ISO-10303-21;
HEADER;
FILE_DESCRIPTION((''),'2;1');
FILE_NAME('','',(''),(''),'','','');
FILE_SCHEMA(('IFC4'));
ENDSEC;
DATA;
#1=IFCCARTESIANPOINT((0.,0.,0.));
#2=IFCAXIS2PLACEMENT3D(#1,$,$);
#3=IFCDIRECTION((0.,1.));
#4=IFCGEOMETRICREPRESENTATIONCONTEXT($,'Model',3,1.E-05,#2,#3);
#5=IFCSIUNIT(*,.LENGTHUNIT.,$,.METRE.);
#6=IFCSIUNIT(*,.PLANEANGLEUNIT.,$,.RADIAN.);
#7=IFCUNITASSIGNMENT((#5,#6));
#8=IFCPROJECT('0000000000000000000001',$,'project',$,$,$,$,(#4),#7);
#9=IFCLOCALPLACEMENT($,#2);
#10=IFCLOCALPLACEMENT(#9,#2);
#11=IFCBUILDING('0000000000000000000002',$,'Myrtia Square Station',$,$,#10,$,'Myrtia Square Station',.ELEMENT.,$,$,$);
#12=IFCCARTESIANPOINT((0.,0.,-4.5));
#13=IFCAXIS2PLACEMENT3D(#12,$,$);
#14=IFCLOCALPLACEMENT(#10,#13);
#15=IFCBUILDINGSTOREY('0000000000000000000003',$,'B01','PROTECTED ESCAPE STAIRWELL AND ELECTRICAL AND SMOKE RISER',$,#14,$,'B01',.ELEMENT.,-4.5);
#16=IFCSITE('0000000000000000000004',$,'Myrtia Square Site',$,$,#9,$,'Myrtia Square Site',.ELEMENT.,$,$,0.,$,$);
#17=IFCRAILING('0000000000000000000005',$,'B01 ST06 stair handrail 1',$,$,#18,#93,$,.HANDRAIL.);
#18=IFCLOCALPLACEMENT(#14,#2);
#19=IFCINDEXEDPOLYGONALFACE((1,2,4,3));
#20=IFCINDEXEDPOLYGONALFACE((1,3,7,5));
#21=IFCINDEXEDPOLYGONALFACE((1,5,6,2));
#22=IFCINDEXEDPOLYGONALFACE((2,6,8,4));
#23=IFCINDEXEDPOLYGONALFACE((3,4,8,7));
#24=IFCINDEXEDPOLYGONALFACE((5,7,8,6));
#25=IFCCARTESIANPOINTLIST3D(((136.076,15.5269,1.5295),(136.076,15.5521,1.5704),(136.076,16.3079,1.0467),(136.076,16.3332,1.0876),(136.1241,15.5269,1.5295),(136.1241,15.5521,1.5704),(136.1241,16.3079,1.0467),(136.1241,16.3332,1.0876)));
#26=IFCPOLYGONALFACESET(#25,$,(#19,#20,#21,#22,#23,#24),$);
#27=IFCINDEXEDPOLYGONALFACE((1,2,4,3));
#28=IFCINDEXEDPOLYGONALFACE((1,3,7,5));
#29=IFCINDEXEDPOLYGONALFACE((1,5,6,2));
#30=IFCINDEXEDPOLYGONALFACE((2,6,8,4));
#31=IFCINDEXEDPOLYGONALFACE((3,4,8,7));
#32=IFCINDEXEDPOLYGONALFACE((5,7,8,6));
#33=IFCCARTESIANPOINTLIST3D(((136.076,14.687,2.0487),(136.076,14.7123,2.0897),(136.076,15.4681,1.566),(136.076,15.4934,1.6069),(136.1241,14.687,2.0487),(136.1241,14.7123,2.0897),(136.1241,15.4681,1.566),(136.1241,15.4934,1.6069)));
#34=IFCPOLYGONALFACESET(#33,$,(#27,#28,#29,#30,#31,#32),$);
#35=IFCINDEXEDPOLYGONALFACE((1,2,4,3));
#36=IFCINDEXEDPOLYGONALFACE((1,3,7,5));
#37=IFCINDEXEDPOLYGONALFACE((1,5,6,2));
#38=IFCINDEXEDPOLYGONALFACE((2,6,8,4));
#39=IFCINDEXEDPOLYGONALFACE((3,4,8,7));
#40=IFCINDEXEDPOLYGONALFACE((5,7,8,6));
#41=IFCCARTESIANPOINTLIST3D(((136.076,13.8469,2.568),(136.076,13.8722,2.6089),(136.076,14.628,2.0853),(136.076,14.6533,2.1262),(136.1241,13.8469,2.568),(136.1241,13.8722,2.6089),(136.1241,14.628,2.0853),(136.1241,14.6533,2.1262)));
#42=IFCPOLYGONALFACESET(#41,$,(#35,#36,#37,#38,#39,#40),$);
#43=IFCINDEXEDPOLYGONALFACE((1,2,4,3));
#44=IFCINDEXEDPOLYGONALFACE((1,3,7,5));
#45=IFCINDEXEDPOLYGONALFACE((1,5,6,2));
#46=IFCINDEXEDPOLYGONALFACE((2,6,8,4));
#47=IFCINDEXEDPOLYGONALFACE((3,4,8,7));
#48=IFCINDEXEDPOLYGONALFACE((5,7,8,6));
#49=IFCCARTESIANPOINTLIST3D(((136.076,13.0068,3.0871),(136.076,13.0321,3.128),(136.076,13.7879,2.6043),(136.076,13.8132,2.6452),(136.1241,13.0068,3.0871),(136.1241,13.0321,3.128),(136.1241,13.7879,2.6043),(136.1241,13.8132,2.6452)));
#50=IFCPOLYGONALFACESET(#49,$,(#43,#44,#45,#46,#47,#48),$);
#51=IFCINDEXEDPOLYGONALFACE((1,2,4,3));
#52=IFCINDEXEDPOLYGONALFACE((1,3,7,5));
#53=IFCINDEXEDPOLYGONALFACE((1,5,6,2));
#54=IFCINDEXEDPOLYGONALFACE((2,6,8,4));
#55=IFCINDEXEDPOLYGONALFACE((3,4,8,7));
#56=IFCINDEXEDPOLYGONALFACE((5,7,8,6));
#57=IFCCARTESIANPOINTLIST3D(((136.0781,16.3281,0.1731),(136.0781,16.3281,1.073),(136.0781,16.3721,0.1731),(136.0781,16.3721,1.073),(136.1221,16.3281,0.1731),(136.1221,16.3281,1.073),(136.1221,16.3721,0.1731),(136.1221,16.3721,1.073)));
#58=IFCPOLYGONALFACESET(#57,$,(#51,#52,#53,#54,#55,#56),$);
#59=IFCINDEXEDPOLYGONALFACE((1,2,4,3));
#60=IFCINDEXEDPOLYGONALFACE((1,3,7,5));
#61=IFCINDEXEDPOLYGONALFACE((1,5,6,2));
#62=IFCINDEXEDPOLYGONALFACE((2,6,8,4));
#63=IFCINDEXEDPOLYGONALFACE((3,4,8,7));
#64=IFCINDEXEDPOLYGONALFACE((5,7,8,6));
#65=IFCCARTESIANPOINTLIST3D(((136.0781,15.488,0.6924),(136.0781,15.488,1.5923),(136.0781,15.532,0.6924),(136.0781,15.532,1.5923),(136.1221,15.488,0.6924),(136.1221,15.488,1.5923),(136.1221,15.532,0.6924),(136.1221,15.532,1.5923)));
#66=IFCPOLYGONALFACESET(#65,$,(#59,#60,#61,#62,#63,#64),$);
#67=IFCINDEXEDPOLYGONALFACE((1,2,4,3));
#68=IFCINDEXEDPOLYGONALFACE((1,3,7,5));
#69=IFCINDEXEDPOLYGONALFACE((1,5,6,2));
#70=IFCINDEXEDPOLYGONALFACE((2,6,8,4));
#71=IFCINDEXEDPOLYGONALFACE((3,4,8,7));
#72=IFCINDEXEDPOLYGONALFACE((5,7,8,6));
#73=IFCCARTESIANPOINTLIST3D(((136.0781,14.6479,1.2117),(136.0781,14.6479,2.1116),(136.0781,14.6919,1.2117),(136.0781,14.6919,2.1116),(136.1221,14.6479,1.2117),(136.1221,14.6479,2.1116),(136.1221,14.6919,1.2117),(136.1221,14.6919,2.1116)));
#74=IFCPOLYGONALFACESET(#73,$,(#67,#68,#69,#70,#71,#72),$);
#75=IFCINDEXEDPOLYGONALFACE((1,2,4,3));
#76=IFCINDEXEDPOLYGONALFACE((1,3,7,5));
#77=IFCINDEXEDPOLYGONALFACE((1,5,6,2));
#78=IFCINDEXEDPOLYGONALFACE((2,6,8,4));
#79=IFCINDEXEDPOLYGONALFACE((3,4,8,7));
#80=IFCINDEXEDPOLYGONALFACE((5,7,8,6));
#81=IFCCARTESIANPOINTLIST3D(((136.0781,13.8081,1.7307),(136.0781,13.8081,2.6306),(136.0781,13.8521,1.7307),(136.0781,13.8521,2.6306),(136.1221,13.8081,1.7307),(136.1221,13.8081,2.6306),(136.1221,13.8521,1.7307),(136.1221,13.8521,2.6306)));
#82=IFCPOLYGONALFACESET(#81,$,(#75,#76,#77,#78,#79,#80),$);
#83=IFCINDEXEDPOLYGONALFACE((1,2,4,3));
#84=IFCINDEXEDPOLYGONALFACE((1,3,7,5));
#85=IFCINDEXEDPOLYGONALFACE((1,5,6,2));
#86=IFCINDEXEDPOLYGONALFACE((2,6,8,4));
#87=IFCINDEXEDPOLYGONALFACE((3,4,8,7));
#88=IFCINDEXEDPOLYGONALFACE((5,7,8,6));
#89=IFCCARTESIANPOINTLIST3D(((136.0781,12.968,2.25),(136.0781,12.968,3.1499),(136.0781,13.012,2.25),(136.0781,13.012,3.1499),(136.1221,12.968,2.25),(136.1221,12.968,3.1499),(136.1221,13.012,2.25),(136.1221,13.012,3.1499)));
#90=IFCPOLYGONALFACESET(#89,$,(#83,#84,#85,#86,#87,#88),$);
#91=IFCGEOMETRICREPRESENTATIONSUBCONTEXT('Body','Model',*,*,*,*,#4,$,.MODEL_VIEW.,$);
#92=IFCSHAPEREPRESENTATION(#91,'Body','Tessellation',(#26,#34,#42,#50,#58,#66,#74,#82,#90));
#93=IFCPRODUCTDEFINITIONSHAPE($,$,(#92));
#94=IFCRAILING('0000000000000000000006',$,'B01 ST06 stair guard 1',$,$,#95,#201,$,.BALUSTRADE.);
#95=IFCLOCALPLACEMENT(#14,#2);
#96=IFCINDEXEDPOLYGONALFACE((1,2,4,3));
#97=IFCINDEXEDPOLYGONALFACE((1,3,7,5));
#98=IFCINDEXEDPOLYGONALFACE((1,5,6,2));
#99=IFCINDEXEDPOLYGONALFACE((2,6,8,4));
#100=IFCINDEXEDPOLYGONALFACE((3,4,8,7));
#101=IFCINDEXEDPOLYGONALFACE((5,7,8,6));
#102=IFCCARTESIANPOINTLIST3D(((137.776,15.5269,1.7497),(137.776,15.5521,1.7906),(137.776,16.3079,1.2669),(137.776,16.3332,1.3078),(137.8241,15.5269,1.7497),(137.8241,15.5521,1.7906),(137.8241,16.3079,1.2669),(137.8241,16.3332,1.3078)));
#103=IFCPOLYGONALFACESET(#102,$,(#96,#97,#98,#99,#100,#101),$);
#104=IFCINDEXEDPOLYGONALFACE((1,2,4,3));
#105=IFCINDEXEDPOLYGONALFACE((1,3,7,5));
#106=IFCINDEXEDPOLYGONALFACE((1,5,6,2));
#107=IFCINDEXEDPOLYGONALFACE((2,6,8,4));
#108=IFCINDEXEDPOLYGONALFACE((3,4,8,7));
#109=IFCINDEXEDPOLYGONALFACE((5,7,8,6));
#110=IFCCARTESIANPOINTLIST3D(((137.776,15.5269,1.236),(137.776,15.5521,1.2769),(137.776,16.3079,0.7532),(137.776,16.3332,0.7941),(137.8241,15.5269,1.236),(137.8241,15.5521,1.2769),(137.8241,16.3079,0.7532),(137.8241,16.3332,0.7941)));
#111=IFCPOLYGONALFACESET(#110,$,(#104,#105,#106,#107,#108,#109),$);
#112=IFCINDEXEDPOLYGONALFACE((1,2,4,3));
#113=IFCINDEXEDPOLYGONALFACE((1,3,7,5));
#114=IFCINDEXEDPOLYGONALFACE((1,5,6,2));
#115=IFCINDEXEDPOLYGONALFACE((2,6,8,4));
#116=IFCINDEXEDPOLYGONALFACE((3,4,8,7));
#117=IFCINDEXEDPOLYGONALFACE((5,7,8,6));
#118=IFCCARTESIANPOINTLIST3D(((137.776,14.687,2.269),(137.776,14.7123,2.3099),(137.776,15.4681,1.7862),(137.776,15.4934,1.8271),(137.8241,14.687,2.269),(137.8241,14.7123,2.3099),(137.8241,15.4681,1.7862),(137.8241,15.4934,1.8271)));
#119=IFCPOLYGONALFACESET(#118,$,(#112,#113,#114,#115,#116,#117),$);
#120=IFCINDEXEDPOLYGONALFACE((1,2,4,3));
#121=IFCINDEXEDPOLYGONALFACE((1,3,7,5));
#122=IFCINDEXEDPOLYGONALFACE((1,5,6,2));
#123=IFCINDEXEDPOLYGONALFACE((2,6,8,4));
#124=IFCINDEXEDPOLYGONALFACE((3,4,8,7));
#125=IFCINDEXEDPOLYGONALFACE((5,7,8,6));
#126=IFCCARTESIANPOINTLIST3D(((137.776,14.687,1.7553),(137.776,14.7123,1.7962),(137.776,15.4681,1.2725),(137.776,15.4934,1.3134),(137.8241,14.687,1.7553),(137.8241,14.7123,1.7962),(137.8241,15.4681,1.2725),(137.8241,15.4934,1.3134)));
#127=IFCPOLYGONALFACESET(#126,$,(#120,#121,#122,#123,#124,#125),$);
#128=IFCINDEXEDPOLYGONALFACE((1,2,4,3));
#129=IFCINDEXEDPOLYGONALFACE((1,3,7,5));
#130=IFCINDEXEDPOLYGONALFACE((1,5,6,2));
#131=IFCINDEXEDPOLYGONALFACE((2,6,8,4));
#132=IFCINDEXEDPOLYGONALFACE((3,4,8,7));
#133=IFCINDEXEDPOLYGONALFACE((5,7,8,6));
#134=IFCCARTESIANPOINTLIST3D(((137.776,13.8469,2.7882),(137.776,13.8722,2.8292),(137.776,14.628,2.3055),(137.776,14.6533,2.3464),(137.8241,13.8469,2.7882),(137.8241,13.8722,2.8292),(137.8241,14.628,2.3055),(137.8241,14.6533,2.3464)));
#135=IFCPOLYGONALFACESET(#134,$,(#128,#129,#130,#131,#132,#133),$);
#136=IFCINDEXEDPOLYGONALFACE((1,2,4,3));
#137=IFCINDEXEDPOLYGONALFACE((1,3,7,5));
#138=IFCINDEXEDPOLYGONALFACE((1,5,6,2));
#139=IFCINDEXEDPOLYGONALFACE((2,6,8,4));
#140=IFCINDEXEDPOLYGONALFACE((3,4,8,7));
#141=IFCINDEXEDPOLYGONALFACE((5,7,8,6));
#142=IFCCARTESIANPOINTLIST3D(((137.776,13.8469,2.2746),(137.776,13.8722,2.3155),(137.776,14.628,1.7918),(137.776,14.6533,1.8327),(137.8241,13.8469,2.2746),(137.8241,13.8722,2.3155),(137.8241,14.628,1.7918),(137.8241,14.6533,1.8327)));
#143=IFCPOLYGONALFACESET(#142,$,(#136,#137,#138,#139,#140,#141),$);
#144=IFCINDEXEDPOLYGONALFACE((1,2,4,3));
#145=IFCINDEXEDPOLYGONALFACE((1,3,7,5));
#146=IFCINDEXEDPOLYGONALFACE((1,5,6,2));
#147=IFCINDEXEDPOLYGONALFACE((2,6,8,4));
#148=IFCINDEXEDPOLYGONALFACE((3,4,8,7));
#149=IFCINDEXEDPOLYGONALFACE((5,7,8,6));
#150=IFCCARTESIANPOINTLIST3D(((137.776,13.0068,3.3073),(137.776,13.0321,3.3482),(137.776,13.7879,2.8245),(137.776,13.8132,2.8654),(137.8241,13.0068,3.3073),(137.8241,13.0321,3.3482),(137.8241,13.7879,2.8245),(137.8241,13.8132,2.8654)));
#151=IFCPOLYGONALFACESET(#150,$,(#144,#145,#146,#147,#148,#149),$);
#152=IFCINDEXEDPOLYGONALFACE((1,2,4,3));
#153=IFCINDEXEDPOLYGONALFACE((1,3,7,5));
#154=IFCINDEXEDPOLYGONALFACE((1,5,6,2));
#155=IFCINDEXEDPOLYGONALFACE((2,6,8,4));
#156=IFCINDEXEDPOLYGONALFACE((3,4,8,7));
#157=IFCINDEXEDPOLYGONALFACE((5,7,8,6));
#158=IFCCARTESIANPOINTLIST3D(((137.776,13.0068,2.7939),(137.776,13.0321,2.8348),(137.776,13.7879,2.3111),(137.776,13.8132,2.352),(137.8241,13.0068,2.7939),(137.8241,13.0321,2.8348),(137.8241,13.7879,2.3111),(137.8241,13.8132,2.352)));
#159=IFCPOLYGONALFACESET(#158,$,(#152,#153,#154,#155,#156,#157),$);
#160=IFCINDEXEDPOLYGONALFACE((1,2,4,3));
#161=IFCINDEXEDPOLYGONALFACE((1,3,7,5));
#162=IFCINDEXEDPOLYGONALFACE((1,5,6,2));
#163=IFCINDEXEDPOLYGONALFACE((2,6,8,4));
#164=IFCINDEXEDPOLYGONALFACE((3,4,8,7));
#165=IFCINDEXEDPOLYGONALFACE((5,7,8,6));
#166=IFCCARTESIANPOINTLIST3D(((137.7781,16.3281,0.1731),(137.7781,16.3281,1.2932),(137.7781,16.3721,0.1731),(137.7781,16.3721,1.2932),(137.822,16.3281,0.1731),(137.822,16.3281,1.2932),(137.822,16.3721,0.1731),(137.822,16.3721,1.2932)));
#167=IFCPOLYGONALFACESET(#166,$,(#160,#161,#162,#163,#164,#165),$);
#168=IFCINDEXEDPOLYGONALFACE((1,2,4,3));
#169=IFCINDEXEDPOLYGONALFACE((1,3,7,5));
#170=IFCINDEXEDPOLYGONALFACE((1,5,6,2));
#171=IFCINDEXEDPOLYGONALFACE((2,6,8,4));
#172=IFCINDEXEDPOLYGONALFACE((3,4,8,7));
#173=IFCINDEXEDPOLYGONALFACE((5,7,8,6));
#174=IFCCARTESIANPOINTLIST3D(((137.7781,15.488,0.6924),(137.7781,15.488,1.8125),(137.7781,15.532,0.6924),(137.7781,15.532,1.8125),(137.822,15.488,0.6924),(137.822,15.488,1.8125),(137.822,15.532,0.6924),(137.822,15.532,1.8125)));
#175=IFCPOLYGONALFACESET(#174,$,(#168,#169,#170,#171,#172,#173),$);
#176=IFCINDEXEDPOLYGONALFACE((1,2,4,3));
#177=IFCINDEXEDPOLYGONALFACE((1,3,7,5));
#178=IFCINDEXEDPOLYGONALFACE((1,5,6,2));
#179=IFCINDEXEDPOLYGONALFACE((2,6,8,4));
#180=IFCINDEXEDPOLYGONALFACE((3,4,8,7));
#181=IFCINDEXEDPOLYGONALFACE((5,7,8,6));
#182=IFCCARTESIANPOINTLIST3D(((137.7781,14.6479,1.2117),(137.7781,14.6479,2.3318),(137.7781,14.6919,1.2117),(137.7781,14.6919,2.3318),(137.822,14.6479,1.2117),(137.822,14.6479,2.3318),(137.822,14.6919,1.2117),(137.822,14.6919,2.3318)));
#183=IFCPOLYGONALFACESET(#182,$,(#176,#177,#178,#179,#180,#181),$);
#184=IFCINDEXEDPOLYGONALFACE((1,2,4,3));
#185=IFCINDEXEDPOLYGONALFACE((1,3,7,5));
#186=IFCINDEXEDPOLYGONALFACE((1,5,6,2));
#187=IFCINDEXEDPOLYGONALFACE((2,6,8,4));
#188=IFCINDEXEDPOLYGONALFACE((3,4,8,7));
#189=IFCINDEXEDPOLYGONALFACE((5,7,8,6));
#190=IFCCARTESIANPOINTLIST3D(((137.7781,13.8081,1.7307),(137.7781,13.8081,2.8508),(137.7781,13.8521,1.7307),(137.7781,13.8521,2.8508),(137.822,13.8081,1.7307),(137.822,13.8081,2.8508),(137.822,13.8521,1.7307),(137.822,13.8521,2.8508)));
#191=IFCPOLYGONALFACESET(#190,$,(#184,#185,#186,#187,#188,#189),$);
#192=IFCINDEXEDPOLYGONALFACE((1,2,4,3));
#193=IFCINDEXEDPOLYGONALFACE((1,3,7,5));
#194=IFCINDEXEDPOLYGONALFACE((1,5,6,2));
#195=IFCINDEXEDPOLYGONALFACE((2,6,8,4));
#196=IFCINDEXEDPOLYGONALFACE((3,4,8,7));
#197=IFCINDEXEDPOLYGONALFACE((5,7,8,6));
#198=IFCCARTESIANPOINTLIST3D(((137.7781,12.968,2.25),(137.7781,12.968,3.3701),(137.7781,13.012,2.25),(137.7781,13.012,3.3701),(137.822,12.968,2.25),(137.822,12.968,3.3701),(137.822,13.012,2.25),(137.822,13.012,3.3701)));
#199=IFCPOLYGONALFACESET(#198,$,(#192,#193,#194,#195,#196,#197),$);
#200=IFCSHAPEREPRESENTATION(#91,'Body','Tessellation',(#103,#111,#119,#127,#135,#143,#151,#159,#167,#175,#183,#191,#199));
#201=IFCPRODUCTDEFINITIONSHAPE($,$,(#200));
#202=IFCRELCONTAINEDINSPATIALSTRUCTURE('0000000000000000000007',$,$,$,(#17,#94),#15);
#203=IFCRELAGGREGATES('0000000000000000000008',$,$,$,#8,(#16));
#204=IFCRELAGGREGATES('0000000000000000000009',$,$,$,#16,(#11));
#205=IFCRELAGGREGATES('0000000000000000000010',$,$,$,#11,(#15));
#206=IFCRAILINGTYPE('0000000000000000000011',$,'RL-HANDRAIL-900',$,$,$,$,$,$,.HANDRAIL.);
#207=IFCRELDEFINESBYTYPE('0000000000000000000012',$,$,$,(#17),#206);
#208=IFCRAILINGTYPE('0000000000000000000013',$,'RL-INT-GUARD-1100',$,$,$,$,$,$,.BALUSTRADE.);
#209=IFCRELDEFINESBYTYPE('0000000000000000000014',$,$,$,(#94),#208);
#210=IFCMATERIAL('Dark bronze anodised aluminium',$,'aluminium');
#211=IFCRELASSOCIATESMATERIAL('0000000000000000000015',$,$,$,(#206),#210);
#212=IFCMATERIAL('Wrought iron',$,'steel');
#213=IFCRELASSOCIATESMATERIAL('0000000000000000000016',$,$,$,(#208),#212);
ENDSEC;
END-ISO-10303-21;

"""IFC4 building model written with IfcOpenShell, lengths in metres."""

from ifc_helpers import new_model, si_unit, direction, frame, origin, origin_2d, place, context, subcontext, project, spatial, rectangle, extrude, material, type_object, element, save


model = new_model("IFC4")

# Units and contexts
model_context = context("Model", 3, precision=1e-05, world=origin(), true_north=direction((0.0, 1.0)))
body_context = subcontext(model_context, "Body", "Model", "MODEL_VIEW")
ifc_project = project(units=[si_unit("LENGTHUNIT", "METRE"), si_unit("PLANEANGLEUNIT", "RADIAN")], contexts=[model_context])

# Site, building, storey
site_placement = place(None, origin())
site = spatial("IfcSite", under=ifc_project, at=site_placement, Name="Myrtia Square Site", LongName="Myrtia Square Site", CompositionType="ELEMENT", RefElevation=0.0)
building_placement = place(site_placement, origin())
building = spatial("IfcBuilding", under=site, at=building_placement, Name="Myrtia Square Station", LongName="Myrtia Square Station", CompositionType="ELEMENT")
storey_placement = place(building_placement, frame((0.0, 0.0, -4.5)))
storey = spatial("IfcBuildingStorey", under=building, at=storey_placement, Name="B01", Description="PROTECTED ESCAPE STAIRWELL AND ELECTRICAL AND SMOKE RISER", LongName="B01", CompositionType="ELEMENT", Elevation=-4.5)

# Railings
ifc_material_1 = material(Name="Dark bronze anodised aluminium", Category="aluminium")
railing_type_1 = type_object("IfcRailingType", Name="RL-HANDRAIL-900", PredefinedType="HANDRAIL", material=ifc_material_1)
railing_1_placement = place(storey_placement, frame((136.1001, 16.3501, 0.1731)))
element("IfcRailing", 1, at=railing_1_placement, inside=storey, type_object=railing_type_1, Name="B01 ST06 stair handrail 1", PredefinedType="HANDRAIL", context=body_context, shape_type="SweptSolid", body=[
    extrude(rectangle(XDim=0.0481, YDim=0.0481, at=origin_2d()), frame((0.0, -0.0295, 0.894), z_axis=(0.0, -0.850623, 0.525776), x_axis=(1.0, 0.0, 0.0)), (0.0, 0.0, 1.0), 0.9182),
    extrude(rectangle(XDim=0.0481, YDim=0.0481, at=origin_2d()), frame((0.0, -0.8694, 1.4133), z_axis=(0.0, -0.850623, 0.525776), x_axis=(1.0, 0.0, 0.0)), (0.0, 0.0, 1.0), 0.9182),
    extrude(rectangle(XDim=0.0481, YDim=0.0481, at=origin_2d()), frame((0.0, -1.7095, 1.9326), z_axis=(0.0, -0.850623, 0.525776), x_axis=(1.0, 0.0, 0.0)), (0.0, 0.0, 1.0), 0.9182),
    extrude(rectangle(XDim=0.0481, YDim=0.0481, at=origin_2d()), frame((0.0, -2.5496, 2.4517), z_axis=(0.0, -0.850623, 0.525776), x_axis=(1.0, 0.0, 0.0)), (0.0, 0.0, 1.0), 0.9182),
    extrude(rectangle(XDim=0.0439, YDim=0.0439, at=origin_2d()), origin(), (0.0, 0.0, 1.0), 0.8999),
    extrude(rectangle(XDim=0.0439, YDim=0.0439, at=origin_2d()), frame((0.0, -0.8401, 0.5193)), (0.0, 0.0, 1.0), 0.8999),
    extrude(rectangle(XDim=0.0439, YDim=0.0439, at=origin_2d()), frame((0.0, -1.6802, 1.0386)), (0.0, 0.0, 1.0), 0.8999),
    extrude(rectangle(XDim=0.0439, YDim=0.0439, at=origin_2d()), frame((0.0, -2.52, 1.5576)), (0.0, 0.0, 1.0), 0.8999),
    extrude(rectangle(XDim=0.0439, YDim=0.0439, at=origin_2d()), frame((0.0, -3.3601, 2.0769)), (0.0, 0.0, 1.0), 0.8999),
])
ifc_material_2 = material(Name="Wrought iron", Category="steel")
railing_type_2 = type_object("IfcRailingType", Name="RL-INT-GUARD-1100", PredefinedType="BALUSTRADE", material=ifc_material_2)
railing_2_placement = place(storey_placement, frame((137.8, 16.3501, 0.1731)))
element("IfcRailing", 2, at=railing_2_placement, inside=storey, type_object=railing_type_2, Name="B01 ST06 stair guard 1", PredefinedType="BALUSTRADE", context=body_context, shape_type="SweptSolid", body=[
    extrude(rectangle(XDim=0.0481, YDim=0.0481, at=origin_2d()), frame((0.0, -0.0295, 1.1143), z_axis=(0.0, -0.850623, 0.525776), x_axis=(1.0, 0.0, 0.0)), (0.0, 0.0, 1.0), 0.9182),
    extrude(rectangle(XDim=0.0481, YDim=0.0481, at=origin_2d()), frame((0.0, -0.0295, 0.6006), z_axis=(0.0, -0.850623, 0.525776), x_axis=(1.0, 0.0, 0.0)), (0.0, 0.0, 1.0), 0.9182),
    extrude(rectangle(XDim=0.0481, YDim=0.0481, at=origin_2d()), frame((0.0, -0.8694, 1.6335), z_axis=(0.0, -0.850623, 0.525776), x_axis=(1.0, 0.0, 0.0)), (0.0, 0.0, 1.0), 0.9182),
    extrude(rectangle(XDim=0.0481, YDim=0.0481, at=origin_2d()), frame((0.0, -0.8694, 1.1199), z_axis=(0.0, -0.850623, 0.525776), x_axis=(1.0, 0.0, 0.0)), (0.0, 0.0, 1.0), 0.9182),
    extrude(rectangle(XDim=0.0481, YDim=0.0481, at=origin_2d()), frame((0.0, -1.7095, 2.1528), z_axis=(0.0, -0.850623, 0.525776), x_axis=(1.0, 0.0, 0.0)), (0.0, 0.0, 1.0), 0.9182),
    extrude(rectangle(XDim=0.0481, YDim=0.0481, at=origin_2d()), frame((0.0, -1.7095, 1.6392), z_axis=(0.0, -0.850623, 0.525776), x_axis=(1.0, 0.0, 0.0)), (0.0, 0.0, 1.0), 0.9182),
    extrude(rectangle(XDim=0.0481, YDim=0.0481, at=origin_2d()), frame((0.0, -2.5496, 2.6719), z_axis=(0.0, -0.850623, 0.525776), x_axis=(1.0, 0.0, 0.0)), (0.0, 0.0, 1.0), 0.9182),
    extrude(rectangle(XDim=0.0481, YDim=0.0481, at=origin_2d()), frame((0.0, -2.5496, 2.1584), z_axis=(0.0, -0.850623, 0.525776), x_axis=(1.0, 0.0, 0.0)), (0.0, 0.0, 1.0), 0.9182),
    extrude(rectangle(XDim=0.0439, YDim=0.0439, at=origin_2d()), origin(), (0.0, 0.0, 1.0), 1.1201),
    extrude(rectangle(XDim=0.0439, YDim=0.0439, at=origin_2d()), frame((0.0, -0.8401, 0.5193)), (0.0, 0.0, 1.0), 1.1201),
    extrude(rectangle(XDim=0.0439, YDim=0.0439, at=origin_2d()), frame((0.0, -1.6802, 1.0386)), (0.0, 0.0, 1.0), 1.1201),
    extrude(rectangle(XDim=0.0439, YDim=0.0439, at=origin_2d()), frame((0.0, -2.52, 1.5576)), (0.0, 0.0, 1.0), 1.1201),
    extrude(rectangle(XDim=0.0439, YDim=0.0439, at=origin_2d()), frame((0.0, -3.3601, 2.0769)), (0.0, 0.0, 1.0), 1.1201),
])

save(model, "model.ifc")
